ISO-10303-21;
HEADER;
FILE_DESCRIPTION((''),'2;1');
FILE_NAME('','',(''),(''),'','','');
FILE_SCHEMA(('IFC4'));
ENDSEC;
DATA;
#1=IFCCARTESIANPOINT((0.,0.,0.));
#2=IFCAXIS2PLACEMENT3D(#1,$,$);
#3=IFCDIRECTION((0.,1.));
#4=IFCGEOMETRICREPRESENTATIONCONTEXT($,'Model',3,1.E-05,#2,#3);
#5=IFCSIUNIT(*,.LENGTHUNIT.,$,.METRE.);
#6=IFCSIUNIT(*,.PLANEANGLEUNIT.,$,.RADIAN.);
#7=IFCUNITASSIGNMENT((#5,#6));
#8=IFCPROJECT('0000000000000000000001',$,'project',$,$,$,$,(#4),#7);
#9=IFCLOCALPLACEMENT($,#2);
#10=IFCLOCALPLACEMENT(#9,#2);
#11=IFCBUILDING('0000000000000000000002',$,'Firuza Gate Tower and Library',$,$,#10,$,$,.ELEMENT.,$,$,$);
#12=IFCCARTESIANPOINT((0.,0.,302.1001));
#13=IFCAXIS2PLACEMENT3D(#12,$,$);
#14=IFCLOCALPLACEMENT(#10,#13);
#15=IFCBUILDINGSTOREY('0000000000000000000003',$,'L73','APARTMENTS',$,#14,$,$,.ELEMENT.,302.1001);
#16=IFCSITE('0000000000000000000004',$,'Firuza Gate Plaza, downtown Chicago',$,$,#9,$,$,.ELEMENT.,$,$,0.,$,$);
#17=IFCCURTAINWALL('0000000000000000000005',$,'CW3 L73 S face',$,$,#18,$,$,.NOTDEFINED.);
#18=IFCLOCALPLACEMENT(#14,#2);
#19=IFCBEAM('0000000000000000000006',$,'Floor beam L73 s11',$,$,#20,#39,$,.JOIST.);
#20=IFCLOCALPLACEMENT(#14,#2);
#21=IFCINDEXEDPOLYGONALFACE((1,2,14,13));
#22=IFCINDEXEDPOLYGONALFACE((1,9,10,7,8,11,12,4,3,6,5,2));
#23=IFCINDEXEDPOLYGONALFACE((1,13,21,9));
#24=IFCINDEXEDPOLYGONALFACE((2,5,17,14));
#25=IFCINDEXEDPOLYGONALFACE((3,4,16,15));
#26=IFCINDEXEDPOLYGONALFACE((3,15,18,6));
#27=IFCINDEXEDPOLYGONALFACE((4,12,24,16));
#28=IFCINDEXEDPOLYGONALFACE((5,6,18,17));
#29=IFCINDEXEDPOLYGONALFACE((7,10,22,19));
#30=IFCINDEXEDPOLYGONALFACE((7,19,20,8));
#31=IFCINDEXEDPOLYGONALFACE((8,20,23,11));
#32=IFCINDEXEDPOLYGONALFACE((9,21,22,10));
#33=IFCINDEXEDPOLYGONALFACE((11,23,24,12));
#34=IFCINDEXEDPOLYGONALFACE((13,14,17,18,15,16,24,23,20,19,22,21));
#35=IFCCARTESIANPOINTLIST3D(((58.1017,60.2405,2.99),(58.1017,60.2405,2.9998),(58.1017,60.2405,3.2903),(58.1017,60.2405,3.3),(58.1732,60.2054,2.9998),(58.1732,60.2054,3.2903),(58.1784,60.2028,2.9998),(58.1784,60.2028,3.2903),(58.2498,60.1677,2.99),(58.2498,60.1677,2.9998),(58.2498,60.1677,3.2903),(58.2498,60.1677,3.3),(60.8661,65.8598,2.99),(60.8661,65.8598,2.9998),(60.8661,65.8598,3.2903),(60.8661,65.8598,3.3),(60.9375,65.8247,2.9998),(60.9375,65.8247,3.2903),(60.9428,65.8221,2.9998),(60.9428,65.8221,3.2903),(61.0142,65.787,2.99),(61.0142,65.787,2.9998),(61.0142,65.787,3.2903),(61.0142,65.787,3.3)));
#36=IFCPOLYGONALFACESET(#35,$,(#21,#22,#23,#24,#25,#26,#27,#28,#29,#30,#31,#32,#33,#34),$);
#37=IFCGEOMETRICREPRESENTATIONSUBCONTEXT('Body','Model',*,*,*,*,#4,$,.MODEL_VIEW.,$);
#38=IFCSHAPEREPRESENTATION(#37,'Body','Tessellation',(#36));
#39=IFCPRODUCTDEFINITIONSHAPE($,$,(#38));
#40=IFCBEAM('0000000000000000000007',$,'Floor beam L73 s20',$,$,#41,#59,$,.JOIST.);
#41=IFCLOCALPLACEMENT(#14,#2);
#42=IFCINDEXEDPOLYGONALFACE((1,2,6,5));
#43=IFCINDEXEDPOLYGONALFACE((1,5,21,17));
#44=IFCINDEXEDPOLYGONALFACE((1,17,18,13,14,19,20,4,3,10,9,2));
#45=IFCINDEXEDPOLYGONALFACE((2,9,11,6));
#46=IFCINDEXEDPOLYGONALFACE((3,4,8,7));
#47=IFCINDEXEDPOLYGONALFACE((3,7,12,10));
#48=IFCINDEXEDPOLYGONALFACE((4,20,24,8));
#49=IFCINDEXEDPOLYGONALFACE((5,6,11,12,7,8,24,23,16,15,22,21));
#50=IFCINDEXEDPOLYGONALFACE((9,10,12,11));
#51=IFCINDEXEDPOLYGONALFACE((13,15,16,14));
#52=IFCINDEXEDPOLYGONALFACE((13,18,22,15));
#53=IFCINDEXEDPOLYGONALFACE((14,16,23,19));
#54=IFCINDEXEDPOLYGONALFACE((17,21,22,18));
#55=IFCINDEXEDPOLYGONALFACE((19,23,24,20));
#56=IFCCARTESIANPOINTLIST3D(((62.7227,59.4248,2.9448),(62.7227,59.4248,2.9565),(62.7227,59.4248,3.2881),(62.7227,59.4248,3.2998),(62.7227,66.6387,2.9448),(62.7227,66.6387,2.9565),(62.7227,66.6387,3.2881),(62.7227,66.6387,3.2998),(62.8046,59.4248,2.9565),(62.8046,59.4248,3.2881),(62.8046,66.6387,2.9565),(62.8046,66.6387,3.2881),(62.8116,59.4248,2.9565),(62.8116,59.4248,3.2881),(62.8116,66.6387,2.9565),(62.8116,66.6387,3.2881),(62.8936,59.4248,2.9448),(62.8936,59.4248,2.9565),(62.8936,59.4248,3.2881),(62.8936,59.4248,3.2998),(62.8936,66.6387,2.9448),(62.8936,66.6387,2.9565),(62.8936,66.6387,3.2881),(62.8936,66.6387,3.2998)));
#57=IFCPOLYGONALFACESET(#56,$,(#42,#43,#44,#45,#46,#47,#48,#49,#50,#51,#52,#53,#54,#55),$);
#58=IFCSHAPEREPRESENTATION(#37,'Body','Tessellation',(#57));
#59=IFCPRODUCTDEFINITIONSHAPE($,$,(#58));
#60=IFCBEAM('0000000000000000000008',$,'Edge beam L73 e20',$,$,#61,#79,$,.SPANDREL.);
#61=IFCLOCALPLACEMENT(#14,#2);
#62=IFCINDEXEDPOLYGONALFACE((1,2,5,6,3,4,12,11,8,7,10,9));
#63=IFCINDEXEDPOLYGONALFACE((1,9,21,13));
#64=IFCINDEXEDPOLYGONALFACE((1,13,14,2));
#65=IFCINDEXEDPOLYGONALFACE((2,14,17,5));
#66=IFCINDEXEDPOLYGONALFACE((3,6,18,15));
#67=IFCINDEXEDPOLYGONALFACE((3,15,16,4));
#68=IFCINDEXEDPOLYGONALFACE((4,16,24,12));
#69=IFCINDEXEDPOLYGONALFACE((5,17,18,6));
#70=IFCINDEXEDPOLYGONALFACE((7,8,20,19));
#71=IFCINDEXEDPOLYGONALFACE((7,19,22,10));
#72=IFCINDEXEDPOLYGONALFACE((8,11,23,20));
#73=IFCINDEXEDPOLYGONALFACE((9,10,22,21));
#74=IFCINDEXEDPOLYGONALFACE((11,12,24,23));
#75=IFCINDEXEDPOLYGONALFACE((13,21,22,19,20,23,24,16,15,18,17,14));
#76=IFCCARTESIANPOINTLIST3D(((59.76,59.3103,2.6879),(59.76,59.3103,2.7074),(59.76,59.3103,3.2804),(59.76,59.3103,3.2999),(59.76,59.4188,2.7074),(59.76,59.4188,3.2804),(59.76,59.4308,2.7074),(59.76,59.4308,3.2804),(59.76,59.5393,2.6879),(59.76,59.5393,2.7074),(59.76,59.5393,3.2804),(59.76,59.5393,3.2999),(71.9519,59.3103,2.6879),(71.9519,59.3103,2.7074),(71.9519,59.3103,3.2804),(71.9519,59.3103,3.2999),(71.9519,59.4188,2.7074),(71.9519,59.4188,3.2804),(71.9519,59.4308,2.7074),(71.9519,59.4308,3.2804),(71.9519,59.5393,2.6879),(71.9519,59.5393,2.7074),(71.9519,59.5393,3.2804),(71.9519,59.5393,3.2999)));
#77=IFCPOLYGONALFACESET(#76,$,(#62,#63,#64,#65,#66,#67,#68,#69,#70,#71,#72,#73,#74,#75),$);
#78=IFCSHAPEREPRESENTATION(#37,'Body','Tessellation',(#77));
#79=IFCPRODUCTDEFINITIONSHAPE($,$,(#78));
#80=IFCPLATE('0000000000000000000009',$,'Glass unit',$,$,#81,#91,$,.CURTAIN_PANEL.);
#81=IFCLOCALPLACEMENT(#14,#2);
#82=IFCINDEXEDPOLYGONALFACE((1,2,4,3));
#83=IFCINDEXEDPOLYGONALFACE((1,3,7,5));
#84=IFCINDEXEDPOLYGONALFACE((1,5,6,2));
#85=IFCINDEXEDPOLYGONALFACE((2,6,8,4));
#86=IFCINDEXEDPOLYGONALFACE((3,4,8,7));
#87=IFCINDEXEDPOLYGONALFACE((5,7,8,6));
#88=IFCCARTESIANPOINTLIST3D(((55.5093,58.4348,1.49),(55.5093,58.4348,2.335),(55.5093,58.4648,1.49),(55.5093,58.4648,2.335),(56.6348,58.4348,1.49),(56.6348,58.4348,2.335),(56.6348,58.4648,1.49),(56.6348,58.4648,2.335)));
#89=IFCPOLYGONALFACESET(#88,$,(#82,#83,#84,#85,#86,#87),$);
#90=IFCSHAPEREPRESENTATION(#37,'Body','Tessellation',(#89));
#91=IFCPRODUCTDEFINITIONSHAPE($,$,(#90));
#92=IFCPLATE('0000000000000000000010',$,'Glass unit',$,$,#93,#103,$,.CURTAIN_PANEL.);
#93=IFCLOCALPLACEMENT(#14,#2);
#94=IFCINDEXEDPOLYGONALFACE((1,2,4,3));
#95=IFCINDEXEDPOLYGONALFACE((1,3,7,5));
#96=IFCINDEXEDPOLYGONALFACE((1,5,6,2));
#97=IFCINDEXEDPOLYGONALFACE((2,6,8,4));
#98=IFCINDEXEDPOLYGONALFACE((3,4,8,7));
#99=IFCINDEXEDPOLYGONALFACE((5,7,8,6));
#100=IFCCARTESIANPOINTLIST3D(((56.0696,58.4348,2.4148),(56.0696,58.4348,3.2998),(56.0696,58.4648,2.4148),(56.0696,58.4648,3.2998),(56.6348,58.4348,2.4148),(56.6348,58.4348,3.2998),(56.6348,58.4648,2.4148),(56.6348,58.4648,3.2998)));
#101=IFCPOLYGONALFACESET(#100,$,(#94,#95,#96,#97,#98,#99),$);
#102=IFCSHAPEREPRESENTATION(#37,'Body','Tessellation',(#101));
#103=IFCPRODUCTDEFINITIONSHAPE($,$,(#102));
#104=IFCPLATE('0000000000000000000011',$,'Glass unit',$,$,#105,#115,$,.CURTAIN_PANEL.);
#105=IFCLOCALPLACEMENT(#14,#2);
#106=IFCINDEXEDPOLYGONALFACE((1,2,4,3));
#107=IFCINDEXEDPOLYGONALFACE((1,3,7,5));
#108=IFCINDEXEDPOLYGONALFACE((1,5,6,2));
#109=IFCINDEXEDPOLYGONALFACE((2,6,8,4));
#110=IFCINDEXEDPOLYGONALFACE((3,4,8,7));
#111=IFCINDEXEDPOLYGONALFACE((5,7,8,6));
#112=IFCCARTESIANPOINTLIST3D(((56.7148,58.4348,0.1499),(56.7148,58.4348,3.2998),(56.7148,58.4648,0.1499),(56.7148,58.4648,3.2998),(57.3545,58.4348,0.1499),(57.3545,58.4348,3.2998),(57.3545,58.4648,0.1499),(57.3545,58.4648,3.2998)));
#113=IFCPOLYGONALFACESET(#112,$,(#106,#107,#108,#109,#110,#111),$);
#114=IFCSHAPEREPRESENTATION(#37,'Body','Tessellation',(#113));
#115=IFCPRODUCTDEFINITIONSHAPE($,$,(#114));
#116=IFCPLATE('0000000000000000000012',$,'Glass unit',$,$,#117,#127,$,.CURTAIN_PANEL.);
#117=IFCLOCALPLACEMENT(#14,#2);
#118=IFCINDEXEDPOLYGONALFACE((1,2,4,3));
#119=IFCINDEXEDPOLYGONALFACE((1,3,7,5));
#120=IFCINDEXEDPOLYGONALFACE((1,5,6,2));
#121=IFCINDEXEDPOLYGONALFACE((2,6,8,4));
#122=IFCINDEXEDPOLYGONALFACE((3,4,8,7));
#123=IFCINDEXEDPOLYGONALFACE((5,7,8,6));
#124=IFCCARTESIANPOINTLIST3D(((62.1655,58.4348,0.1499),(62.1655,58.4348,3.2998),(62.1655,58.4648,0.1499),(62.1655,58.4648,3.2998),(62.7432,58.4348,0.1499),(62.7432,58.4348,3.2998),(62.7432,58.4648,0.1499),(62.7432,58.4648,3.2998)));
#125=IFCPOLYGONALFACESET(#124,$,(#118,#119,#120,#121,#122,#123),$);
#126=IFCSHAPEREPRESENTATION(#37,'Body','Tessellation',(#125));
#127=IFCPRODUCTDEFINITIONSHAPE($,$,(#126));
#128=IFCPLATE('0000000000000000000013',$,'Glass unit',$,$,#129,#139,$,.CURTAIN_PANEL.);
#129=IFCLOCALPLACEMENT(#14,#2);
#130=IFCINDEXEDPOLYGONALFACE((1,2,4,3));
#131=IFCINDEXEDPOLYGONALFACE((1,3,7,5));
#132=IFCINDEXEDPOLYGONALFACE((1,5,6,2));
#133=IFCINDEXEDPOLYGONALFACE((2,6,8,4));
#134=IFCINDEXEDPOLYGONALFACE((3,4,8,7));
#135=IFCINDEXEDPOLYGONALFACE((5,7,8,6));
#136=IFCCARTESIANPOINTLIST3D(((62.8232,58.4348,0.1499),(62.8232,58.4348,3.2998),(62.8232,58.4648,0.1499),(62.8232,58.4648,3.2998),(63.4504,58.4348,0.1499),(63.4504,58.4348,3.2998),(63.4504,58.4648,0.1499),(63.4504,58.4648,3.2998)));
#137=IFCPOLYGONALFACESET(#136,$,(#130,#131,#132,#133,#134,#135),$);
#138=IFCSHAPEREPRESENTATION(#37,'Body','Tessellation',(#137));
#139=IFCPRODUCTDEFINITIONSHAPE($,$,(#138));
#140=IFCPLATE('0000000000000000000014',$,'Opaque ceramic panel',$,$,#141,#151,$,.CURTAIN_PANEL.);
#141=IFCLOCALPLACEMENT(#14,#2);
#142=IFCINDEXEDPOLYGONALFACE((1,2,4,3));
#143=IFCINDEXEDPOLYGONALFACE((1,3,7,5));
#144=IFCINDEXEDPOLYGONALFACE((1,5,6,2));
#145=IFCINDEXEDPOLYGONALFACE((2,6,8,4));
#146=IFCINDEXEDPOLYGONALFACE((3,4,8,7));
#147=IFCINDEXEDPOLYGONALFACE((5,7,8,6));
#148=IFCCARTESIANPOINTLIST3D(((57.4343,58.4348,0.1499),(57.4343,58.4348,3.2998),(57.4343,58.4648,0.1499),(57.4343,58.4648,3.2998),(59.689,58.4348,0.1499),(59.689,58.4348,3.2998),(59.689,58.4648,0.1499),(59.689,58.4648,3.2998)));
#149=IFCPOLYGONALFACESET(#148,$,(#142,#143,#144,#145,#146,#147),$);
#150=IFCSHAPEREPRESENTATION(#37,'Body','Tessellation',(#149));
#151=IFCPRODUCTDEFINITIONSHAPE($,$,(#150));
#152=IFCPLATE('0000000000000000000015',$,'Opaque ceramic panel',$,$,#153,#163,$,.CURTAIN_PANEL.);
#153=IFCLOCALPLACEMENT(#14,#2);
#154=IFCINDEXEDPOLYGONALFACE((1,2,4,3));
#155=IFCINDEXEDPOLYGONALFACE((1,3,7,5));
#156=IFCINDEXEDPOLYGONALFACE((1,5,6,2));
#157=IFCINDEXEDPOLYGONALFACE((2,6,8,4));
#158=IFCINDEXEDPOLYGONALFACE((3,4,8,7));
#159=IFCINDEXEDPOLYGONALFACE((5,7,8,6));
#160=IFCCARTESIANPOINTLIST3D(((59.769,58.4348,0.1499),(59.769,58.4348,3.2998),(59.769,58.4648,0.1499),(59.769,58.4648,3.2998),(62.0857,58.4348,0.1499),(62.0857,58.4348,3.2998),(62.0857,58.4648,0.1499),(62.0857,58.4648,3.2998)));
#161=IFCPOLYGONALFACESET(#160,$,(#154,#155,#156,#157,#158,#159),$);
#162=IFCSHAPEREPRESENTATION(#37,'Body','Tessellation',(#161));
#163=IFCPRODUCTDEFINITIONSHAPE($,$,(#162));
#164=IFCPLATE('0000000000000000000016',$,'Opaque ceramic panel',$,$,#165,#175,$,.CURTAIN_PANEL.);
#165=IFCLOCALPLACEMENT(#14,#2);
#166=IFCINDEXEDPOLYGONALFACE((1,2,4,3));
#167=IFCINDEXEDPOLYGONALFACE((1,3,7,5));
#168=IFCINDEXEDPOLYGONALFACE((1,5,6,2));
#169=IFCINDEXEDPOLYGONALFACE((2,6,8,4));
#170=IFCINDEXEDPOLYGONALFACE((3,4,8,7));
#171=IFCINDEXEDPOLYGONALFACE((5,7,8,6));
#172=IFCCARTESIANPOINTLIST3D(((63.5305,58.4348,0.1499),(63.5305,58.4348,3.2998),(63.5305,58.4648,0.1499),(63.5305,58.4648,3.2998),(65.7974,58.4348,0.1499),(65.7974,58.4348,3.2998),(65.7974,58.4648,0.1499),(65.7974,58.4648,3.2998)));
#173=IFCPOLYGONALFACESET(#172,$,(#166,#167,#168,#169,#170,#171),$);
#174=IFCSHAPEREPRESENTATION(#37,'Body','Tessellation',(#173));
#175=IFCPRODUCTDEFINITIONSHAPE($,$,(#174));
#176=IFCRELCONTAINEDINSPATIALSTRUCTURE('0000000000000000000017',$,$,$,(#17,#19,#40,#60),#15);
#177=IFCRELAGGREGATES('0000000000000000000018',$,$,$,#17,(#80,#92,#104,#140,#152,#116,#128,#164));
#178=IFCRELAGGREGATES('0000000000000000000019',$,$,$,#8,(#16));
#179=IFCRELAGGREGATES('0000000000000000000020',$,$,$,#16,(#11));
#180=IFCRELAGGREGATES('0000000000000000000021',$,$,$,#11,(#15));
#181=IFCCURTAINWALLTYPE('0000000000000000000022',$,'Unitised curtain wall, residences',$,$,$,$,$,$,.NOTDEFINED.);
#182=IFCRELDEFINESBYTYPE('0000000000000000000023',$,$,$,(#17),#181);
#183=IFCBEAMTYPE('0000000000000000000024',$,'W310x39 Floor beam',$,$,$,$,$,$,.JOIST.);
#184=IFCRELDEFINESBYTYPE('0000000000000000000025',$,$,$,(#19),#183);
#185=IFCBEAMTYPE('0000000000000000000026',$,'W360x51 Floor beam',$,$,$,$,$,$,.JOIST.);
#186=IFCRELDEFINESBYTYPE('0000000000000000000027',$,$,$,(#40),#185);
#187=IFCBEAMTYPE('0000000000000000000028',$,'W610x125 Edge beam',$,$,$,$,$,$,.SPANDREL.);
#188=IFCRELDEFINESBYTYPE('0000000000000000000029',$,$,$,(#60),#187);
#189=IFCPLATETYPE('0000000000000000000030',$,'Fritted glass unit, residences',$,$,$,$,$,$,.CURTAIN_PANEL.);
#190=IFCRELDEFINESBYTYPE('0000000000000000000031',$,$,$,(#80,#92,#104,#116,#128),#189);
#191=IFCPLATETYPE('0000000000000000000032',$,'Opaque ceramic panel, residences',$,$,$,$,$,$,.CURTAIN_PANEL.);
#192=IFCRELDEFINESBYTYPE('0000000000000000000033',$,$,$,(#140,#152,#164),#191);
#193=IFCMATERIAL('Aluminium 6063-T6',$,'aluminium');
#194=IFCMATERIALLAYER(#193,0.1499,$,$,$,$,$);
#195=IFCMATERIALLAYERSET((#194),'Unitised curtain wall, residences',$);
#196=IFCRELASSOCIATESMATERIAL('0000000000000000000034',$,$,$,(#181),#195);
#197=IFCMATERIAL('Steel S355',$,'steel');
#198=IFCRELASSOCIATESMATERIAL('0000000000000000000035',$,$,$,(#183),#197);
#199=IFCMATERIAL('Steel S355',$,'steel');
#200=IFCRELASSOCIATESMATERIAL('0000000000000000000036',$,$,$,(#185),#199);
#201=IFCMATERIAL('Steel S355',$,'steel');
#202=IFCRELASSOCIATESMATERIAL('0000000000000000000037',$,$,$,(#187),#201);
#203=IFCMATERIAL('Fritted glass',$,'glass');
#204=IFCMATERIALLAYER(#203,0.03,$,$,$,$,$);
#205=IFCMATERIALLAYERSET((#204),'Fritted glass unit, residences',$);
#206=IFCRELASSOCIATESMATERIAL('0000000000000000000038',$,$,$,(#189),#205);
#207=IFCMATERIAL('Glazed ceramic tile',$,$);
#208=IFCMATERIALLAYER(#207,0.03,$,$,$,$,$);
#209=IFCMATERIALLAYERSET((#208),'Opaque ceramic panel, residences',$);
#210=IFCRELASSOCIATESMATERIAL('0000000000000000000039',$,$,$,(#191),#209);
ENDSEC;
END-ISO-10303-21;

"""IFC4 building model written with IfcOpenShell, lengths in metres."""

from ifc_helpers import new_model, si_unit, direction, frame, origin, origin_2d, place, context, subcontext, project, spatial, polyline, i_section, outline, extrude, material, layer, layer_set, material_profile, profile_set, type_object, element, aggregate, save


model = new_model("IFC4")

# Units and contexts
model_context = context("Model", 3, precision=1e-05, world=origin(), true_north=direction((0.0, 1.0)))
body_context = subcontext(model_context, "Body", "Model", "MODEL_VIEW")
ifc_project = project(units=[si_unit("LENGTHUNIT", "METRE"), si_unit("PLANEANGLEUNIT", "RADIAN")], contexts=[model_context])

# Site, building, storey
site_placement = place(None, origin())
site = spatial("IfcSite", under=ifc_project, at=site_placement, Name="Firuza Gate Plaza, downtown Chicago", CompositionType="ELEMENT", RefElevation=0.0)
building_placement = place(site_placement, origin())
building = spatial("IfcBuilding", under=site, at=building_placement, Name="Firuza Gate Tower and Library", CompositionType="ELEMENT")
storey_placement = place(building_placement, frame((0.0, 0.0, 302.1001)))
storey = spatial("IfcBuildingStorey", under=building, at=storey_placement, Name="L73", Description="APARTMENTS", CompositionType="ELEMENT", Elevation=302.1001)

# Curtain wall
ifc_material_1 = material(Name="Aluminium 6063-T6", Category="aluminium")
ifc_layer_1 = layer(ifc_material_1, 0.1499)
ifc_layer_set_1 = layer_set([ifc_layer_1], Name="Unitised curtain wall, residences")
curtain_wall_type = type_object("IfcCurtainWallType", Name="Unitised curtain wall, residences", PredefinedType="NOTDEFINED", material=ifc_layer_set_1)
curtain_wall_placement = place(storey_placement, origin())
curtain_wall = element("IfcCurtainWall", 1, at=curtain_wall_placement, inside=storey, type_object=curtain_wall_type, Name="CW3 L73 S face", PredefinedType="NOTDEFINED")

# Beams
ifc_material_2 = material(Name="Steel S355", Category="steel")
ifc_material_profile_1 = material_profile(ifc_material_2, i_section(OverallWidth=0.165, OverallDepth=0.3101, WebThickness=0.0059, FlangeThickness=0.0098, at=origin_2d()))
ifc_profile_set_1 = profile_set([ifc_material_profile_1], Name="Steel S355")
beam_type_1 = type_object("IfcBeamType", Name="W310x39 Floor beam", PredefinedType="JOIST", material=ifc_profile_set_1)
beam_1_placement = place(storey_placement, frame((58.1758, 60.2041, 3.145), z_axis=(0.441419, 0.897301, 0.0), x_axis=(-0.897301, 0.441419, 0.0)))
element("IfcBeam", 2, at=beam_1_placement, inside=storey, type_object=beam_type_1, Name="Floor beam L73 s11", PredefinedType="JOIST", context=body_context, shape_type="SweptSolid", body=[
    extrude(i_section(OverallWidth=0.165, OverallDepth=0.3101, WebThickness=0.0059, FlangeThickness=0.0098, at=origin_2d()), origin(), (0.0, 0.0, 1.0), 6.2625),
])
ifc_material_3 = material(Name="Steel S355", Category="steel")
ifc_material_profile_2 = material_profile(ifc_material_3, i_section(OverallWidth=0.1709, OverallDepth=0.355, WebThickness=0.0071, FlangeThickness=0.0117, at=origin_2d()))
ifc_profile_set_2 = profile_set([ifc_material_profile_2], Name="Steel S355")
beam_type_2 = type_object("IfcBeamType", Name="W360x51 Floor beam", PredefinedType="JOIST", material=ifc_profile_set_2)
beam_2_placement = place(storey_placement, frame((62.8081, 59.4248, 3.1223), z_axis=(0.0, 1.0, 0.0), x_axis=(-1.0, 0.0, 0.0)))
element("IfcBeam", 3, at=beam_2_placement, inside=storey, type_object=beam_type_2, Name="Floor beam L73 s20", PredefinedType="JOIST", context=body_context, shape_type="SweptSolid", body=[
    extrude(i_section(OverallWidth=0.1709, OverallDepth=0.355, WebThickness=0.0071, FlangeThickness=0.0117, at=origin_2d()), origin(), (0.0, 0.0, 1.0), 7.2139),
])
ifc_material_4 = material(Name="Steel S355", Category="steel")
ifc_material_profile_3 = material_profile(ifc_material_4, i_section(OverallWidth=0.229, OverallDepth=0.6121, WebThickness=0.012, FlangeThickness=0.0195, at=origin_2d()))
ifc_profile_set_3 = profile_set([ifc_material_profile_3], Name="Steel S355")
beam_type_3 = type_object("IfcBeamType", Name="W610x125 Edge beam", PredefinedType="SPANDREL", material=ifc_profile_set_3)
beam_3_placement = place(storey_placement, frame((59.76, 59.4248, 2.9939), z_axis=(1.0, 0.0, 0.0), x_axis=(0.0, 1.0, 0.0)))
element("IfcBeam", 4, at=beam_3_placement, inside=storey, type_object=beam_type_3, Name="Edge beam L73 e20", PredefinedType="SPANDREL", context=body_context, shape_type="SweptSolid", body=[
    extrude(i_section(OverallWidth=0.229, OverallDepth=0.6121, WebThickness=0.012, FlangeThickness=0.0195, at=origin_2d()), origin(), (0.0, 0.0, 1.0), 12.1919),
])

# Plates
ifc_material_5 = material(Name="Fritted glass", Category="glass")
ifc_layer_2 = layer(ifc_material_5, 0.03)
ifc_layer_set_2 = layer_set([ifc_layer_2], Name="Fritted glass unit, residences")
plate_type_1 = type_object("IfcPlateType", Name="Fritted glass unit, residences", PredefinedType="CURTAIN_PANEL", material=ifc_layer_set_2)
plate_1_placement = place(storey_placement, frame((55.5093, 58.4348, 1.49), z_axis=(0.0, -1.0, 0.0), x_axis=(1.0, 0.0, 0.0)))
plate_1 = element("IfcPlate", 5, at=plate_1_placement, type_object=plate_type_1, Name="Glass unit", PredefinedType="CURTAIN_PANEL", context=body_context, shape_type="SweptSolid", body=[
    extrude(outline(polyline([(0.0, 0.0), (1.1255, 0.0), (1.1255, 0.845), (0.0, 0.845), (0.0, 0.0)])), origin(), (0.0, 0.0, -1.0), 0.03),
])
plate_2_placement = place(storey_placement, frame((56.0696, 58.4348, 2.4148), z_axis=(0.0, -1.0, 0.0), x_axis=(1.0, 0.0, 0.0)))
plate_2 = element("IfcPlate", 6, at=plate_2_placement, type_object=plate_type_1, Name="Glass unit", PredefinedType="CURTAIN_PANEL", context=body_context, shape_type="SweptSolid", body=[
    extrude(outline(polyline([(0.0, 0.0), (0.5652, 0.0), (0.5652, 0.885), (0.0, 0.885), (0.0, 0.0)])), origin(), (0.0, 0.0, -1.0), 0.03),
])
plate_3_placement = place(storey_placement, frame((56.7148, 58.4348, 0.1499), z_axis=(0.0, -1.0, 0.0), x_axis=(1.0, 0.0, 0.0)))
plate_3 = element("IfcPlate", 7, at=plate_3_placement, type_object=plate_type_1, Name="Glass unit", PredefinedType="CURTAIN_PANEL", context=body_context, shape_type="SweptSolid", body=[
    extrude(outline(polyline([(0.0, 0.0), (0.6396, 0.0), (0.6396, 3.1499), (0.0, 3.1499), (0.0, 0.0)])), origin(), (0.0, 0.0, -1.0), 0.03),
])
plate_4_placement = place(storey_placement, frame((62.1655, 58.4348, 0.1499), z_axis=(0.0, -1.0, 0.0), x_axis=(1.0, 0.0, 0.0)))
plate_4 = element("IfcPlate", 8, at=plate_4_placement, type_object=plate_type_1, Name="Glass unit", PredefinedType="CURTAIN_PANEL", context=body_context, shape_type="SweptSolid", body=[
    extrude(outline(polyline([(0.0, 0.0), (0.5776, 0.0), (0.5776, 3.1499), (0.0, 3.1499), (0.0, 0.0)])), origin(), (0.0, 0.0, -1.0), 0.03),
])
plate_5_placement = place(storey_placement, frame((62.8232, 58.4348, 0.1499), z_axis=(0.0, -1.0, 0.0), x_axis=(1.0, 0.0, 0.0)))
plate_5 = element("IfcPlate", 9, at=plate_5_placement, type_object=plate_type_1, Name="Glass unit", PredefinedType="CURTAIN_PANEL", context=body_context, shape_type="SweptSolid", body=[
    extrude(outline(polyline([(0.0, 0.0), (0.6272, 0.0), (0.6272, 3.1499), (0.0, 3.1499), (0.0, 0.0)])), origin(), (0.0, 0.0, -1.0), 0.03),
])
ifc_material_6 = material(Name="Glazed ceramic tile")
ifc_layer_3 = layer(ifc_material_6, 0.03)
ifc_layer_set_3 = layer_set([ifc_layer_3], Name="Opaque ceramic panel, residences")
plate_type_2 = type_object("IfcPlateType", Name="Opaque ceramic panel, residences", PredefinedType="CURTAIN_PANEL", material=ifc_layer_set_3)
plate_6_placement = place(storey_placement, frame((57.4343, 58.4348, 0.1499), z_axis=(0.0, -1.0, 0.0), x_axis=(1.0, 0.0, 0.0)))
plate_6 = element("IfcPlate", 10, at=plate_6_placement, type_object=plate_type_2, Name="Opaque ceramic panel", PredefinedType="CURTAIN_PANEL", context=body_context, shape_type="SweptSolid", body=[
    extrude(outline(polyline([(0.0, 0.0), (2.2546, 0.0), (2.2546, 3.1499), (0.0, 3.1499), (0.0, 0.0)])), origin(), (0.0, 0.0, -1.0), 0.03),
])
plate_7_placement = place(storey_placement, frame((59.769, 58.4348, 0.1499), z_axis=(0.0, -1.0, 0.0), x_axis=(1.0, 0.0, 0.0)))
plate_7 = element("IfcPlate", 11, at=plate_7_placement, type_object=plate_type_2, Name="Opaque ceramic panel", PredefinedType="CURTAIN_PANEL", context=body_context, shape_type="SweptSolid", body=[
    extrude(outline(polyline([(0.0, 0.0), (2.3167, 0.0), (2.3167, 3.1499), (0.0, 3.1499), (0.0, 0.0)])), origin(), (0.0, 0.0, -1.0), 0.03),
])
plate_8_placement = place(storey_placement, frame((63.5305, 58.4348, 0.1499), z_axis=(0.0, -1.0, 0.0), x_axis=(1.0, 0.0, 0.0)))
plate_8 = element("IfcPlate", 12, at=plate_8_placement, type_object=plate_type_2, Name="Opaque ceramic panel", PredefinedType="CURTAIN_PANEL", context=body_context, shape_type="SweptSolid", body=[
    extrude(outline(polyline([(0.0, 0.0), (2.2668, 0.0), (2.2668, 3.1499), (0.0, 3.1499), (0.0, 0.0)])), origin(), (0.0, 0.0, -1.0), 0.03),
])
aggregate(curtain_wall, [plate_1, plate_2, plate_3, plate_6, plate_7, plate_4, plate_5, plate_8])

save(model, "model.ifc")
